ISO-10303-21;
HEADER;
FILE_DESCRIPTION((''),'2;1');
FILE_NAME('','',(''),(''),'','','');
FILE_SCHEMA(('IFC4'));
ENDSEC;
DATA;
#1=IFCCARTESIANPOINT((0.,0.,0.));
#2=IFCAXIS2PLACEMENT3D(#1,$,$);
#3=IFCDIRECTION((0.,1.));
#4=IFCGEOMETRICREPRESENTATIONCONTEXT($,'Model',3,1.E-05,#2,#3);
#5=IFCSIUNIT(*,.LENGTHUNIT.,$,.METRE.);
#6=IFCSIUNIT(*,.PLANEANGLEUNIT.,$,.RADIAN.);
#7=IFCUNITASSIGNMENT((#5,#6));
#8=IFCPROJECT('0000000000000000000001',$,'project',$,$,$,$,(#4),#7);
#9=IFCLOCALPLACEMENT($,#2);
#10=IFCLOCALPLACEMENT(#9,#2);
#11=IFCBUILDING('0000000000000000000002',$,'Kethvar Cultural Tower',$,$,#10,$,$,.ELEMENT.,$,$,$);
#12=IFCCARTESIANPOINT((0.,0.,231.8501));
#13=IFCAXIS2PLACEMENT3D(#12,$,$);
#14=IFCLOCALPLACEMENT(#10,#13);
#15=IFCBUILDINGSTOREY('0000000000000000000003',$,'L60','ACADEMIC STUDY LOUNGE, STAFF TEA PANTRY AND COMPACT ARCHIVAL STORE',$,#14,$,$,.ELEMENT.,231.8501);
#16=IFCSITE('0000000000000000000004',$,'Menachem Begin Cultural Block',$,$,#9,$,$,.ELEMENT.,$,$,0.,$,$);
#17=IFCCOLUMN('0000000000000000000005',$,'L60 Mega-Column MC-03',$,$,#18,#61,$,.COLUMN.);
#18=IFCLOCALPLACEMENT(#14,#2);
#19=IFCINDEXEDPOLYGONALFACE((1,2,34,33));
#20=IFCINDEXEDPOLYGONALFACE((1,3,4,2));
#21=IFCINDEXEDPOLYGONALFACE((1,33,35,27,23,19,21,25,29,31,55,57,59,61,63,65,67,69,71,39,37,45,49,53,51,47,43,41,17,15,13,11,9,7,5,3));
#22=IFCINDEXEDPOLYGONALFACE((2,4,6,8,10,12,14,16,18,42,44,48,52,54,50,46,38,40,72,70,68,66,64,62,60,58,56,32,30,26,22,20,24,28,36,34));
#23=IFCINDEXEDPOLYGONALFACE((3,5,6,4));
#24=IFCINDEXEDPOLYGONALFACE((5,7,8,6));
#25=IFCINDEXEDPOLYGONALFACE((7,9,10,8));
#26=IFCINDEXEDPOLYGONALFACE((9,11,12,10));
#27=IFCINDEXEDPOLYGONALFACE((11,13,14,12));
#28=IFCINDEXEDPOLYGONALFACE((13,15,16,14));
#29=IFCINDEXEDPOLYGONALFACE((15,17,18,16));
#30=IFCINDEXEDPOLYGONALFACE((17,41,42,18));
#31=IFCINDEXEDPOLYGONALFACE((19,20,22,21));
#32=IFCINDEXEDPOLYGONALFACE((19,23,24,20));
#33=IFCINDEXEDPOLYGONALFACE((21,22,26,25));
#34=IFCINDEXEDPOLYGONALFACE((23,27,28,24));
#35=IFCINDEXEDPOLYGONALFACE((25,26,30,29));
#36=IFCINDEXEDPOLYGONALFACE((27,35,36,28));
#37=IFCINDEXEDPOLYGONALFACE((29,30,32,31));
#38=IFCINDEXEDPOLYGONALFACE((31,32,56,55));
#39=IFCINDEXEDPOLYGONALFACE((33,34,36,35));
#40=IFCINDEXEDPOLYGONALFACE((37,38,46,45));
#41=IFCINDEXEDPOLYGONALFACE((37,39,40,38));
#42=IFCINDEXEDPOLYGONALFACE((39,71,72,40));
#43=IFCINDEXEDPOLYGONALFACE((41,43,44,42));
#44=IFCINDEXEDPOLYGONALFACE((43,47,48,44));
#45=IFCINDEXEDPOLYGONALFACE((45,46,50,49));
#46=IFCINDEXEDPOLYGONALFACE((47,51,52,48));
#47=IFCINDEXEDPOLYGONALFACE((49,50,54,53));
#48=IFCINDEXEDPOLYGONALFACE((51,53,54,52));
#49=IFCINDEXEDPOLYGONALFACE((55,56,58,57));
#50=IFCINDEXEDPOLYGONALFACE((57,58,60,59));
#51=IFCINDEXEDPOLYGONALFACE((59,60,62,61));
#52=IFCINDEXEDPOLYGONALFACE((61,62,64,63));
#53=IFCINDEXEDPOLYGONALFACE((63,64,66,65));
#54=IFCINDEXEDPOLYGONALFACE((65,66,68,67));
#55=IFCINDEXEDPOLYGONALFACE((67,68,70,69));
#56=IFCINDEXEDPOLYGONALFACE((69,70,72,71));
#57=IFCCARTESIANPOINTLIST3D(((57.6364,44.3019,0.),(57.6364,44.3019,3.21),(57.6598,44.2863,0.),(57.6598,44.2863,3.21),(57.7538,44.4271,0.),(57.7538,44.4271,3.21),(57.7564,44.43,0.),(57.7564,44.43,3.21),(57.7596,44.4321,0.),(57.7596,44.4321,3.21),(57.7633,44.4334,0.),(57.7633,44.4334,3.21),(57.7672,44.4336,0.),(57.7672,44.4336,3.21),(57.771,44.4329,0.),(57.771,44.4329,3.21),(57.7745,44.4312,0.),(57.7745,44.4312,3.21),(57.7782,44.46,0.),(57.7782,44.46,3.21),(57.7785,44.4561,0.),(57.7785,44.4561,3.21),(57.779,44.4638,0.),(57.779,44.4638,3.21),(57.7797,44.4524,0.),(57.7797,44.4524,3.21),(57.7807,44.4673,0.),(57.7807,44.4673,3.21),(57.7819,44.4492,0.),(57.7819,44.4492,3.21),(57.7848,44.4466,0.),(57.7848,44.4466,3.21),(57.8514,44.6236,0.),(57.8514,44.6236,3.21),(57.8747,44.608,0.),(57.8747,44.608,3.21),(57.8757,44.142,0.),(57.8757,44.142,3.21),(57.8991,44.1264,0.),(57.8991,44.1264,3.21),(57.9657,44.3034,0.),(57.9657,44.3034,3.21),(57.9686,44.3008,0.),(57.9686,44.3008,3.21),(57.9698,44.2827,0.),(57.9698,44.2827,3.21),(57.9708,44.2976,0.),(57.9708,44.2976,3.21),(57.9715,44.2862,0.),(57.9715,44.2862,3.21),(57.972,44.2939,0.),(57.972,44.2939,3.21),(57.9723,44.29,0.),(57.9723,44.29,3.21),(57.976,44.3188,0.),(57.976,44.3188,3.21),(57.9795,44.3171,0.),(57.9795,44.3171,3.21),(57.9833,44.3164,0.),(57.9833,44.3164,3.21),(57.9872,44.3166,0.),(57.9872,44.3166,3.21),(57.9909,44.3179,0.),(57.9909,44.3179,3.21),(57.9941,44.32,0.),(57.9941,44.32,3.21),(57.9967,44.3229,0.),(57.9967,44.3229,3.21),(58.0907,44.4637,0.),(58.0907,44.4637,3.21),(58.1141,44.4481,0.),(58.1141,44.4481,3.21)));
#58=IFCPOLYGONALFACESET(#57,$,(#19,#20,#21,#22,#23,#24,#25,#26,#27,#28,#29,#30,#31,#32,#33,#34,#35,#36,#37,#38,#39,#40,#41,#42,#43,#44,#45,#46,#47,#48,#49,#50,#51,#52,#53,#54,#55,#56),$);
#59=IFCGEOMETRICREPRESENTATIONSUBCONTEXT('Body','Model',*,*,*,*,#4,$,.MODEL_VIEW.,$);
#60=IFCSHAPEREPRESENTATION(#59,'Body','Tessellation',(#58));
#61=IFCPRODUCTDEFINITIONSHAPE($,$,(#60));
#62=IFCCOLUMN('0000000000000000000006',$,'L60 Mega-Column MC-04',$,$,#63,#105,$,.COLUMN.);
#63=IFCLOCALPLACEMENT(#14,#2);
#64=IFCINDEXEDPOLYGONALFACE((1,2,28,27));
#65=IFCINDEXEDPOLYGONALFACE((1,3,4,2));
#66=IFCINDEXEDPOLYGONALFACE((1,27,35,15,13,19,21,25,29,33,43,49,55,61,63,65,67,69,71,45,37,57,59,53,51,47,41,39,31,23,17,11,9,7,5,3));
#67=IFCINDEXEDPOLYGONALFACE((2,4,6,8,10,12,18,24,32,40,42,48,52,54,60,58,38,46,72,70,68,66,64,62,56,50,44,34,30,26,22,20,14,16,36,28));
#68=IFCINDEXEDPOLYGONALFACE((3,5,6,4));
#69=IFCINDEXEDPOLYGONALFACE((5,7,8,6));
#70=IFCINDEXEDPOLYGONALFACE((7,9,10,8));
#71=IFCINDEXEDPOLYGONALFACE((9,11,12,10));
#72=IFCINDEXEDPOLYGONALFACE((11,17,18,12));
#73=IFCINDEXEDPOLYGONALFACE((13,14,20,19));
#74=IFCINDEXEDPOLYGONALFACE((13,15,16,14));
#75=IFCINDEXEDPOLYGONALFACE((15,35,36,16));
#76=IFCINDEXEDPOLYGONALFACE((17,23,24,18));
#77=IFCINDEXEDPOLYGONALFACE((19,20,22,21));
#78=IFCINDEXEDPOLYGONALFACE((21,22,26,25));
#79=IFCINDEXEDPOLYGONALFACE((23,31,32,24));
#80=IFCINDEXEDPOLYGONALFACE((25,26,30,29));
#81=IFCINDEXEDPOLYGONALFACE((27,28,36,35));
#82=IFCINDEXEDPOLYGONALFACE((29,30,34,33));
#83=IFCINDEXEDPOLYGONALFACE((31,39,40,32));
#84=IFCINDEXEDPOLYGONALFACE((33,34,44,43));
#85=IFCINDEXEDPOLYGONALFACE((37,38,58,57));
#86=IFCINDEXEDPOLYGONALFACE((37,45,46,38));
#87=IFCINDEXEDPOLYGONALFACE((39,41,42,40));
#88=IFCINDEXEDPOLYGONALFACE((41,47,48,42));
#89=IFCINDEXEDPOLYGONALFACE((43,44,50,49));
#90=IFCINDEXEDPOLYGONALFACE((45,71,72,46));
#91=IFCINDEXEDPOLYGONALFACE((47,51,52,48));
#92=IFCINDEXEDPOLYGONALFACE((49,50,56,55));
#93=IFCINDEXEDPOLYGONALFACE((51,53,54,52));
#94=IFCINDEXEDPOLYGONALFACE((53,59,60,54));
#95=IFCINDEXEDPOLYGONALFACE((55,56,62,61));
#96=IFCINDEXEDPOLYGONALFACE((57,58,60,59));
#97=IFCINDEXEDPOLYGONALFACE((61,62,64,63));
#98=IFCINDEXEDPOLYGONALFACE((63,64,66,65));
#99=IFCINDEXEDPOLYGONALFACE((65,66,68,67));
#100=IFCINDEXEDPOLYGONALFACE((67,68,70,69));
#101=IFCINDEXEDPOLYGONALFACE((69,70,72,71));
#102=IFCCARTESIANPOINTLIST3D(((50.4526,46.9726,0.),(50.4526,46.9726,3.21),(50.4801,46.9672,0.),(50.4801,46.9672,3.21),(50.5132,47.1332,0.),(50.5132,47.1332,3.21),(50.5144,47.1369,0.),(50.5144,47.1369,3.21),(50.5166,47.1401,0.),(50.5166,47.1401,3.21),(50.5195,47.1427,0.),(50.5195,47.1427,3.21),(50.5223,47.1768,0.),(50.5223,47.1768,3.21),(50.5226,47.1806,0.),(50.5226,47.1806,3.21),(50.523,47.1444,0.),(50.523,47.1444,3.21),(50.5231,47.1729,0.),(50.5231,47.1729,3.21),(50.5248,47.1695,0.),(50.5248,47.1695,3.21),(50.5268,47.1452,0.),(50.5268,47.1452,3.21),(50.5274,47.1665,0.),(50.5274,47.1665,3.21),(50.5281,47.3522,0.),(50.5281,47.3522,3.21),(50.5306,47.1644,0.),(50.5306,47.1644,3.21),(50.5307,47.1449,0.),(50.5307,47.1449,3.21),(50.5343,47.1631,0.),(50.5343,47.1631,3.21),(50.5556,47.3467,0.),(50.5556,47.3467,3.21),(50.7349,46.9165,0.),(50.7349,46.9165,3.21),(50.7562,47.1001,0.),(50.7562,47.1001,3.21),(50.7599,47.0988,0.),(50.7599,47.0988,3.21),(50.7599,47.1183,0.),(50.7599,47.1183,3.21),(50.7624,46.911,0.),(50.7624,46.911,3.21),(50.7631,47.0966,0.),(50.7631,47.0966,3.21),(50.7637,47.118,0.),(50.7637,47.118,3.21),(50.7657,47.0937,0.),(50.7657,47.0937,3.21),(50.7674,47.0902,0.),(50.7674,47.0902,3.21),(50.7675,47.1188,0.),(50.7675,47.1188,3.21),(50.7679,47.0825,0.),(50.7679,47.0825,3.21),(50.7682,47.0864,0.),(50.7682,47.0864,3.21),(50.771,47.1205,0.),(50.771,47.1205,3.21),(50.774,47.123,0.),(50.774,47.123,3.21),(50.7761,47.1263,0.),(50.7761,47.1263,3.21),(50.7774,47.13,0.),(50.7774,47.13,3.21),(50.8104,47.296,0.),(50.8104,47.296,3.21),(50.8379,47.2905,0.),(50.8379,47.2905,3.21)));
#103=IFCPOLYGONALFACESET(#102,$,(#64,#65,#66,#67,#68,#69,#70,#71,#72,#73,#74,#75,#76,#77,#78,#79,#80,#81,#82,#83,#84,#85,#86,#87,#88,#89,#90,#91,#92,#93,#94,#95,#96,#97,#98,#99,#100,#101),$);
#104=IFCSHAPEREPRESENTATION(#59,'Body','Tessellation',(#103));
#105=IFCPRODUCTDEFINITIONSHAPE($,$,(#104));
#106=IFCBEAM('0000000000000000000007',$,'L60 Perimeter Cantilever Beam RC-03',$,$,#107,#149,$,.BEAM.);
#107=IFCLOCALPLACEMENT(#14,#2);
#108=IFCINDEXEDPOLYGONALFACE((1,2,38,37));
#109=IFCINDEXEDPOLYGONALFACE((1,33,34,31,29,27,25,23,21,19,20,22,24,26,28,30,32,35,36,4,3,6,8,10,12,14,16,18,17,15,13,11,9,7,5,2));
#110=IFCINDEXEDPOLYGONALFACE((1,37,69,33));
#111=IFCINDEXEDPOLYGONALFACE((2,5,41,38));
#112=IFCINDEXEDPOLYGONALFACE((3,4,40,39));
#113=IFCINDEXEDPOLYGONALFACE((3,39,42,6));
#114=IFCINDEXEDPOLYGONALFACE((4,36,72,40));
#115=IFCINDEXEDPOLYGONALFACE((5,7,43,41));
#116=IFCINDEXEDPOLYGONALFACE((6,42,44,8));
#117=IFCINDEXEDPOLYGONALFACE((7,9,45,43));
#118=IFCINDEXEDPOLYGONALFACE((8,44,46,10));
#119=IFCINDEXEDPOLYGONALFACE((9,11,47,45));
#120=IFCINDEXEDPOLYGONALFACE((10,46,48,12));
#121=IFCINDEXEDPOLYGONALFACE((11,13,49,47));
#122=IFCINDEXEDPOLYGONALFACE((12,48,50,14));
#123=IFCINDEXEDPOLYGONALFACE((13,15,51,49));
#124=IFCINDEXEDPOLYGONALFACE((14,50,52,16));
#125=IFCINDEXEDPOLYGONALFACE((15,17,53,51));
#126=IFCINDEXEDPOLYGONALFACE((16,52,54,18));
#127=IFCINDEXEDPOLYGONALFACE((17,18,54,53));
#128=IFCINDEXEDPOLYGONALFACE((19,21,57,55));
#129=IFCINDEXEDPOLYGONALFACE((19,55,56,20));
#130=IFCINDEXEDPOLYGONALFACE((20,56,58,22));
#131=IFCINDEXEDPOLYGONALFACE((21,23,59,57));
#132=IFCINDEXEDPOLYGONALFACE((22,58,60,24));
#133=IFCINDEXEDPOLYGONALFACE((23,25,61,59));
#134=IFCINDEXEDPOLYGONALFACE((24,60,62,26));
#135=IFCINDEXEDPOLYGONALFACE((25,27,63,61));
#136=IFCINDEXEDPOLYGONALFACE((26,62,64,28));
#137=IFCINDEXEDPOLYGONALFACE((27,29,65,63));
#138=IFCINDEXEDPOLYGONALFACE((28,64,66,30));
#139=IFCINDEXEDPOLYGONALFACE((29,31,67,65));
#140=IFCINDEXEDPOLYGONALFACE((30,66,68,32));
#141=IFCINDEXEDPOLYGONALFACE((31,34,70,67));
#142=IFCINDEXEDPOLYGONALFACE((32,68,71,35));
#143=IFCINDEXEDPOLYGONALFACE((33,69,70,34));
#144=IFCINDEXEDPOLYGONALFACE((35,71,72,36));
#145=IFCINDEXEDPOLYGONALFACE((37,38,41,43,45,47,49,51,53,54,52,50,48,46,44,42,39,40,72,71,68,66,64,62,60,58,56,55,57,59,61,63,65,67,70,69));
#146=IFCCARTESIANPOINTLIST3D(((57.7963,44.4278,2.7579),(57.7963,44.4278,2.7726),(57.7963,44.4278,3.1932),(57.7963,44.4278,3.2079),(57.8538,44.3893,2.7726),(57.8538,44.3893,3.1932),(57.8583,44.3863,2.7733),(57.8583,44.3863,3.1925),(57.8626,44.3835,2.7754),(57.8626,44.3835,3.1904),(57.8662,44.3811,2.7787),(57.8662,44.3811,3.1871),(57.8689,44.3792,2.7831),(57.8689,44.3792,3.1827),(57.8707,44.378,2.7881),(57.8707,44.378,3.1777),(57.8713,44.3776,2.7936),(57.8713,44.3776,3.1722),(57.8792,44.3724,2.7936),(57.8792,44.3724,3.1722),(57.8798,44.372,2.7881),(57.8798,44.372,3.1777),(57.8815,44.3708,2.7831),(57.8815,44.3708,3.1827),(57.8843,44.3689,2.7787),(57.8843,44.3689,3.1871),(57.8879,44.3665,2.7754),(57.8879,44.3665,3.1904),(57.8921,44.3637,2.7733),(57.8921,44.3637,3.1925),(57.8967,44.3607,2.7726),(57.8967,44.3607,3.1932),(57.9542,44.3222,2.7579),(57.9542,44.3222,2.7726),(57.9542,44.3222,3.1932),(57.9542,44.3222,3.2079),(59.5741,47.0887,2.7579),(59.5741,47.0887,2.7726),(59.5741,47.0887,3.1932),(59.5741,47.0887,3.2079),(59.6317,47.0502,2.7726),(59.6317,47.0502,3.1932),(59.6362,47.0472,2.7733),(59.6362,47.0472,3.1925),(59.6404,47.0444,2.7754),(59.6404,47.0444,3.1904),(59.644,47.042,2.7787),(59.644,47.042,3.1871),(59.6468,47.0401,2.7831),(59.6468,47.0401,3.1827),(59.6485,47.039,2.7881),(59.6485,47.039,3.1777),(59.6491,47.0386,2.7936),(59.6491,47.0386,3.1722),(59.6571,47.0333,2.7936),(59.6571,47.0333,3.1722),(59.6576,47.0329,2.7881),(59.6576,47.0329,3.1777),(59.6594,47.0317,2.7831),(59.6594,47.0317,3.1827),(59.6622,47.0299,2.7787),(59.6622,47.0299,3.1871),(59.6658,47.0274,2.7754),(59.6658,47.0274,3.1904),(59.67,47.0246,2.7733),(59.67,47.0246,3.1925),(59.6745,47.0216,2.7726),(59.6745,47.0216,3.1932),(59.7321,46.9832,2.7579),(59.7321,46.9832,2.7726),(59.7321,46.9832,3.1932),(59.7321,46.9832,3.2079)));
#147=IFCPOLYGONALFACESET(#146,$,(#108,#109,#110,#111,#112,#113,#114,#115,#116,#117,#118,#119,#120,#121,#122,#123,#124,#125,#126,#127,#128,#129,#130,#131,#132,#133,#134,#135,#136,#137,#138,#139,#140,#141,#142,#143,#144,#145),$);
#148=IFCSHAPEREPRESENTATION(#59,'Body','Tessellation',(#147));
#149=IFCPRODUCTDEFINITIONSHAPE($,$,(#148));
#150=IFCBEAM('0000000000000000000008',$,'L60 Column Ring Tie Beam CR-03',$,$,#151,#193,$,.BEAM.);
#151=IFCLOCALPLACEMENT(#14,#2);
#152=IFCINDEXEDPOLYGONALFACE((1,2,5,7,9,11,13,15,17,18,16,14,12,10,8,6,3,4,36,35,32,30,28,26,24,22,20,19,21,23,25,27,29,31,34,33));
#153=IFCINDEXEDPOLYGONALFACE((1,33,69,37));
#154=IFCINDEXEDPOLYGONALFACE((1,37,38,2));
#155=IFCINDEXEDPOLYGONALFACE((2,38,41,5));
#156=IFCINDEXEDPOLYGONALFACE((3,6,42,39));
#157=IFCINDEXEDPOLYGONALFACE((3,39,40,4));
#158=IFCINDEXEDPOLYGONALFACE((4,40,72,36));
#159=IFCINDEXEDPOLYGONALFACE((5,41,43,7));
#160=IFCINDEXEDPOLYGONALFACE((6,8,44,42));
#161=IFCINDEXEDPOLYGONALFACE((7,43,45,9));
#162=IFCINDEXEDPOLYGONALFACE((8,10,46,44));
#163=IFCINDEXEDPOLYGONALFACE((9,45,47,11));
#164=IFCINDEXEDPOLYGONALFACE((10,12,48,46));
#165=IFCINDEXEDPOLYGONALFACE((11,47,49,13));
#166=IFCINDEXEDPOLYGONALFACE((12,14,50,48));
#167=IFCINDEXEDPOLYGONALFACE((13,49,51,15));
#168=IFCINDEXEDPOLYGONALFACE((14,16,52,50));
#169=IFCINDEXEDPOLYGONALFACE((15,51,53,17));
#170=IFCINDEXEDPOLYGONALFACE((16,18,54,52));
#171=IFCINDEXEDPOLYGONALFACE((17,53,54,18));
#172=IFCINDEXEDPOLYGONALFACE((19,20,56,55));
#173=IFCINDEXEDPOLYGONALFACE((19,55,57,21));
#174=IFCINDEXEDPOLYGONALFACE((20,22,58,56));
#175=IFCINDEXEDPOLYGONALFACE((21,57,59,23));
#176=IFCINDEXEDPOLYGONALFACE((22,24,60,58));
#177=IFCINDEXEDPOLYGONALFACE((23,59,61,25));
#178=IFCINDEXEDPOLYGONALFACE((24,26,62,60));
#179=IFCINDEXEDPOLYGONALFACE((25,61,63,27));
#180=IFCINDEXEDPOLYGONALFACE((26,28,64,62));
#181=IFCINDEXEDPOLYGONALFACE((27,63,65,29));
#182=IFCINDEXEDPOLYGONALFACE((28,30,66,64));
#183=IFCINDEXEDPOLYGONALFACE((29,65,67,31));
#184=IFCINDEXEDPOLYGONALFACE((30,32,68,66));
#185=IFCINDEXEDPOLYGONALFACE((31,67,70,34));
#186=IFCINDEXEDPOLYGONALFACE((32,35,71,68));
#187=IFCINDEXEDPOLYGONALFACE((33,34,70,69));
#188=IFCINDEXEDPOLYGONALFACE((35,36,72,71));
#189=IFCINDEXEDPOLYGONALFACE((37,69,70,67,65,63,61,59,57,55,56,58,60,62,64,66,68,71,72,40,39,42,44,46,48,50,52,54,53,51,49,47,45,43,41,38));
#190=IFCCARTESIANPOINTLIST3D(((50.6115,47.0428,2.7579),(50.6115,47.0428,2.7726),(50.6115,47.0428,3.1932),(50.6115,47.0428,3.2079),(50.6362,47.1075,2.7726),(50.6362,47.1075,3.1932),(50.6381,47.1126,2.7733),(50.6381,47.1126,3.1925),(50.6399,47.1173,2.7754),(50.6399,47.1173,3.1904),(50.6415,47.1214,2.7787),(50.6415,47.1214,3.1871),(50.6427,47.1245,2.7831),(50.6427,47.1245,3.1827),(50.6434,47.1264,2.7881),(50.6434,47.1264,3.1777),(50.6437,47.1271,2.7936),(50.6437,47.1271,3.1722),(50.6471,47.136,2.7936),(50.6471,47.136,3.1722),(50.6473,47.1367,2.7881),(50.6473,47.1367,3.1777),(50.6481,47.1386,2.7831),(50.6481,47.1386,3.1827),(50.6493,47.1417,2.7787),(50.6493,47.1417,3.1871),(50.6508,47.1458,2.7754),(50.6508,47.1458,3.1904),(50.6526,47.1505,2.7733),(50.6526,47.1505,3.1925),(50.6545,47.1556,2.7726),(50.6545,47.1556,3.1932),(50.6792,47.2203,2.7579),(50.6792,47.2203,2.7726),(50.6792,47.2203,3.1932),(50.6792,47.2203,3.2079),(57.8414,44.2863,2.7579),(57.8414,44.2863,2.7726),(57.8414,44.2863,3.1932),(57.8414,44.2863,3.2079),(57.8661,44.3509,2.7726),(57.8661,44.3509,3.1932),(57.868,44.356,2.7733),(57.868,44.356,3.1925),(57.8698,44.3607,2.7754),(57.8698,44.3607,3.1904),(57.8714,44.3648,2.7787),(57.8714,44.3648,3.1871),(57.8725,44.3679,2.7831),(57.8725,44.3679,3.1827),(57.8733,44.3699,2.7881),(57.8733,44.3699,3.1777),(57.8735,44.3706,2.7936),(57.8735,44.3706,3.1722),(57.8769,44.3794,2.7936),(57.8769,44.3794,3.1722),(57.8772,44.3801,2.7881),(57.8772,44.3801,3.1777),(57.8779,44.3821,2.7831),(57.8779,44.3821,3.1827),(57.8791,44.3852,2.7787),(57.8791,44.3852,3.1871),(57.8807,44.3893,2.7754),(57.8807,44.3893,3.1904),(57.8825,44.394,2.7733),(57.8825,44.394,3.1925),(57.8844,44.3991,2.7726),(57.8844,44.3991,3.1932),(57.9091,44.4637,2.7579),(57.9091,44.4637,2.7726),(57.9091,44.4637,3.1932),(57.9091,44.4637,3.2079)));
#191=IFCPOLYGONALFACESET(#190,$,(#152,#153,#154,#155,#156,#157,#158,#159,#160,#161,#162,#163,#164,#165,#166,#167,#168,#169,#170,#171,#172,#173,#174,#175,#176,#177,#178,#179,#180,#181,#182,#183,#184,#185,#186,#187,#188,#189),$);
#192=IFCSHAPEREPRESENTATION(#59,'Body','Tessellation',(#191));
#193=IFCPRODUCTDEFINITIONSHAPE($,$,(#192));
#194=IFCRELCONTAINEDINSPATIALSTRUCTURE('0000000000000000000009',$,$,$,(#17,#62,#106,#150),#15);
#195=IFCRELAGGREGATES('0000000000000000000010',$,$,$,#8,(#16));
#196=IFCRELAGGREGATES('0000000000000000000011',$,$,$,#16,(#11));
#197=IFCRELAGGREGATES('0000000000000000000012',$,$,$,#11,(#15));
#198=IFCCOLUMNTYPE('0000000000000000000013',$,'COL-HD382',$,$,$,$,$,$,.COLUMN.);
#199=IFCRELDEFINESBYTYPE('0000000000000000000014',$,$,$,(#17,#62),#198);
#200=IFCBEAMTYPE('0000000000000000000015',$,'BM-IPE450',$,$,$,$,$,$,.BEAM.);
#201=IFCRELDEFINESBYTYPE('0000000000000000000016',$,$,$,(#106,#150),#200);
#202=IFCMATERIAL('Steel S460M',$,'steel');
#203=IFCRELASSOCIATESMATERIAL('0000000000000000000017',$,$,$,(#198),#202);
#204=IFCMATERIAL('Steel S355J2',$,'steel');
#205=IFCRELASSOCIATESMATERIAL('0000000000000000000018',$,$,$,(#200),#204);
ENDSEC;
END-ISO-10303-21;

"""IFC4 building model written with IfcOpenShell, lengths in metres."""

from ifc_helpers import new_model, si_unit, direction, frame, origin, origin_2d, place, context, subcontext, project, spatial, i_section, extrude, source, transform, mapped, material, material_profile, profile_set, type_object, element, save


model = new_model("IFC4")

# Units and contexts
model_context = context("Model", 3, precision=1e-05, world=origin(), true_north=direction((0.0, 1.0)))
body_context = subcontext(model_context, "Body", "Model", "MODEL_VIEW")
ifc_project = project(units=[si_unit("LENGTHUNIT", "METRE"), si_unit("PLANEANGLEUNIT", "RADIAN")], contexts=[model_context])

# Site, building, storey
site_placement = place(None, origin())
site = spatial("IfcSite", under=ifc_project, at=site_placement, Name="Menachem Begin Cultural Block", CompositionType="ELEMENT", RefElevation=0.0)
building_placement = place(site_placement, origin())
building = spatial("IfcBuilding", under=site, at=building_placement, Name="Kethvar Cultural Tower", CompositionType="ELEMENT")
storey_placement = place(building_placement, frame((0.0, 0.0, 231.8501)))
storey = spatial("IfcBuildingStorey", under=building, at=storey_placement, Name="L60", Description="ACADEMIC STUDY LOUNGE, STAFF TEA PANTRY AND COMPACT ARCHIVAL STORE", CompositionType="ELEMENT", Elevation=231.8501)

# Columns
ifc_material_1 = material(Name="Steel S460M", Category="steel")
ifc_material_profile_1 = material_profile(ifc_material_1, i_section(OverallWidth=0.387, OverallDepth=0.3159, WebThickness=0.0186, FlangeThickness=0.0281, FilletRadius=0.0149, at=origin_2d()), Name="Steel S460M — HD400x382")
ifc_profile_set_1 = profile_set([ifc_material_profile_1], Name="Steel S460M — HD400x382")
column_type = type_object("IfcColumnType", Name="COL-HD382", PredefinedType="COLUMN", material=ifc_profile_set_1)
shared_shape_1 = source(origin(), body_context, "Body", "SweptSolid", [
    extrude(i_section(OverallWidth=0.387, OverallDepth=0.3159, WebThickness=0.0186, FlangeThickness=0.0281, FilletRadius=0.0149, at=origin_2d()), origin(), (0.0, 0.0, 1.0), 3.21),
])
for number, where, z_axis, x_axis, name in (
    (1, (57.8752, 44.375, 0.0), (0.0, 0.0, 1.0), (0.55557, 0.83147, 0.0), "L60 Mega-Column MC-03"),
    (2, (50.6453, 47.1316, 0.0), (0.0, 0.0, 1.0), (0.19509, 0.980785, 0.0), "L60 Mega-Column MC-04"),
):
    element("IfcColumn", number, at=place(storey_placement, frame(where, z_axis=z_axis, x_axis=x_axis)), inside=storey, type_object=column_type, Name=name, PredefinedType="COLUMN", context=body_context, shape_type="MappedRepresentation", body=[
        mapped(shared_shape_1, transform((0.0, 0.0, 0.0), scale=1.0)),
    ])

# Beams
ifc_material_2 = material(Name="Steel S355J2", Category="steel")
ifc_material_profile_2 = material_profile(ifc_material_2, i_section(OverallWidth=0.1899, OverallDepth=0.45, WebThickness=0.0095, FlangeThickness=0.0146, FilletRadius=0.021, at=origin_2d()), Name="Steel S355J2 — IPE450")
ifc_profile_set_2 = profile_set([ifc_material_profile_2], Name="Steel S355J2 — IPE450")
beam_type_1 = type_object("IfcBeamType", Name="BM-IPE450", PredefinedType="BEAM", material=ifc_profile_set_2)
shared_shape_2 = source(origin(), body_context, "Body", "SweptSolid", [
    extrude(i_section(OverallWidth=0.1899, OverallDepth=0.45, WebThickness=0.0095, FlangeThickness=0.0146, FilletRadius=0.021, at=origin_2d()), origin(), (0.0, 0.0, 1.0), 3.2002),
])
beam_1_placement = place(storey_placement, frame((57.8752, 44.375, 2.9829), z_axis=(0.555545, 0.831486, 0.0), x_axis=(-0.831486, 0.555545, 0.0)))
element("IfcBeam", 3, at=beam_1_placement, inside=storey, type_object=beam_type_1, Name="L60 Perimeter Cantilever Beam RC-03", PredefinedType="BEAM", context=body_context, shape_type="MappedRepresentation", body=[
    mapped(shared_shape_2, transform((0.0, 0.0, 0.0), scale=1.0)),
])
shared_shape_3 = source(origin(), body_context, "Body", "SweptSolid", [
    extrude(i_section(OverallWidth=0.1899, OverallDepth=0.45, WebThickness=0.0095, FlangeThickness=0.0146, FilletRadius=0.021, at=origin_2d()), origin(), (0.0, 0.0, 1.0), 7.7375),
])
beam_2_placement = place(storey_placement, frame((57.8752, 44.375, 2.9829), z_axis=(-0.934388, 0.356256, 0.0), x_axis=(-0.356256, -0.934388, 0.0)))
element("IfcBeam", 4, at=beam_2_placement, inside=storey, type_object=beam_type_1, Name="L60 Column Ring Tie Beam CR-03", PredefinedType="BEAM", context=body_context, shape_type="MappedRepresentation", body=[
    mapped(shared_shape_3, transform((0.0, 0.0, 0.0), scale=1.0)),
])

save(model, "model.ifc")
